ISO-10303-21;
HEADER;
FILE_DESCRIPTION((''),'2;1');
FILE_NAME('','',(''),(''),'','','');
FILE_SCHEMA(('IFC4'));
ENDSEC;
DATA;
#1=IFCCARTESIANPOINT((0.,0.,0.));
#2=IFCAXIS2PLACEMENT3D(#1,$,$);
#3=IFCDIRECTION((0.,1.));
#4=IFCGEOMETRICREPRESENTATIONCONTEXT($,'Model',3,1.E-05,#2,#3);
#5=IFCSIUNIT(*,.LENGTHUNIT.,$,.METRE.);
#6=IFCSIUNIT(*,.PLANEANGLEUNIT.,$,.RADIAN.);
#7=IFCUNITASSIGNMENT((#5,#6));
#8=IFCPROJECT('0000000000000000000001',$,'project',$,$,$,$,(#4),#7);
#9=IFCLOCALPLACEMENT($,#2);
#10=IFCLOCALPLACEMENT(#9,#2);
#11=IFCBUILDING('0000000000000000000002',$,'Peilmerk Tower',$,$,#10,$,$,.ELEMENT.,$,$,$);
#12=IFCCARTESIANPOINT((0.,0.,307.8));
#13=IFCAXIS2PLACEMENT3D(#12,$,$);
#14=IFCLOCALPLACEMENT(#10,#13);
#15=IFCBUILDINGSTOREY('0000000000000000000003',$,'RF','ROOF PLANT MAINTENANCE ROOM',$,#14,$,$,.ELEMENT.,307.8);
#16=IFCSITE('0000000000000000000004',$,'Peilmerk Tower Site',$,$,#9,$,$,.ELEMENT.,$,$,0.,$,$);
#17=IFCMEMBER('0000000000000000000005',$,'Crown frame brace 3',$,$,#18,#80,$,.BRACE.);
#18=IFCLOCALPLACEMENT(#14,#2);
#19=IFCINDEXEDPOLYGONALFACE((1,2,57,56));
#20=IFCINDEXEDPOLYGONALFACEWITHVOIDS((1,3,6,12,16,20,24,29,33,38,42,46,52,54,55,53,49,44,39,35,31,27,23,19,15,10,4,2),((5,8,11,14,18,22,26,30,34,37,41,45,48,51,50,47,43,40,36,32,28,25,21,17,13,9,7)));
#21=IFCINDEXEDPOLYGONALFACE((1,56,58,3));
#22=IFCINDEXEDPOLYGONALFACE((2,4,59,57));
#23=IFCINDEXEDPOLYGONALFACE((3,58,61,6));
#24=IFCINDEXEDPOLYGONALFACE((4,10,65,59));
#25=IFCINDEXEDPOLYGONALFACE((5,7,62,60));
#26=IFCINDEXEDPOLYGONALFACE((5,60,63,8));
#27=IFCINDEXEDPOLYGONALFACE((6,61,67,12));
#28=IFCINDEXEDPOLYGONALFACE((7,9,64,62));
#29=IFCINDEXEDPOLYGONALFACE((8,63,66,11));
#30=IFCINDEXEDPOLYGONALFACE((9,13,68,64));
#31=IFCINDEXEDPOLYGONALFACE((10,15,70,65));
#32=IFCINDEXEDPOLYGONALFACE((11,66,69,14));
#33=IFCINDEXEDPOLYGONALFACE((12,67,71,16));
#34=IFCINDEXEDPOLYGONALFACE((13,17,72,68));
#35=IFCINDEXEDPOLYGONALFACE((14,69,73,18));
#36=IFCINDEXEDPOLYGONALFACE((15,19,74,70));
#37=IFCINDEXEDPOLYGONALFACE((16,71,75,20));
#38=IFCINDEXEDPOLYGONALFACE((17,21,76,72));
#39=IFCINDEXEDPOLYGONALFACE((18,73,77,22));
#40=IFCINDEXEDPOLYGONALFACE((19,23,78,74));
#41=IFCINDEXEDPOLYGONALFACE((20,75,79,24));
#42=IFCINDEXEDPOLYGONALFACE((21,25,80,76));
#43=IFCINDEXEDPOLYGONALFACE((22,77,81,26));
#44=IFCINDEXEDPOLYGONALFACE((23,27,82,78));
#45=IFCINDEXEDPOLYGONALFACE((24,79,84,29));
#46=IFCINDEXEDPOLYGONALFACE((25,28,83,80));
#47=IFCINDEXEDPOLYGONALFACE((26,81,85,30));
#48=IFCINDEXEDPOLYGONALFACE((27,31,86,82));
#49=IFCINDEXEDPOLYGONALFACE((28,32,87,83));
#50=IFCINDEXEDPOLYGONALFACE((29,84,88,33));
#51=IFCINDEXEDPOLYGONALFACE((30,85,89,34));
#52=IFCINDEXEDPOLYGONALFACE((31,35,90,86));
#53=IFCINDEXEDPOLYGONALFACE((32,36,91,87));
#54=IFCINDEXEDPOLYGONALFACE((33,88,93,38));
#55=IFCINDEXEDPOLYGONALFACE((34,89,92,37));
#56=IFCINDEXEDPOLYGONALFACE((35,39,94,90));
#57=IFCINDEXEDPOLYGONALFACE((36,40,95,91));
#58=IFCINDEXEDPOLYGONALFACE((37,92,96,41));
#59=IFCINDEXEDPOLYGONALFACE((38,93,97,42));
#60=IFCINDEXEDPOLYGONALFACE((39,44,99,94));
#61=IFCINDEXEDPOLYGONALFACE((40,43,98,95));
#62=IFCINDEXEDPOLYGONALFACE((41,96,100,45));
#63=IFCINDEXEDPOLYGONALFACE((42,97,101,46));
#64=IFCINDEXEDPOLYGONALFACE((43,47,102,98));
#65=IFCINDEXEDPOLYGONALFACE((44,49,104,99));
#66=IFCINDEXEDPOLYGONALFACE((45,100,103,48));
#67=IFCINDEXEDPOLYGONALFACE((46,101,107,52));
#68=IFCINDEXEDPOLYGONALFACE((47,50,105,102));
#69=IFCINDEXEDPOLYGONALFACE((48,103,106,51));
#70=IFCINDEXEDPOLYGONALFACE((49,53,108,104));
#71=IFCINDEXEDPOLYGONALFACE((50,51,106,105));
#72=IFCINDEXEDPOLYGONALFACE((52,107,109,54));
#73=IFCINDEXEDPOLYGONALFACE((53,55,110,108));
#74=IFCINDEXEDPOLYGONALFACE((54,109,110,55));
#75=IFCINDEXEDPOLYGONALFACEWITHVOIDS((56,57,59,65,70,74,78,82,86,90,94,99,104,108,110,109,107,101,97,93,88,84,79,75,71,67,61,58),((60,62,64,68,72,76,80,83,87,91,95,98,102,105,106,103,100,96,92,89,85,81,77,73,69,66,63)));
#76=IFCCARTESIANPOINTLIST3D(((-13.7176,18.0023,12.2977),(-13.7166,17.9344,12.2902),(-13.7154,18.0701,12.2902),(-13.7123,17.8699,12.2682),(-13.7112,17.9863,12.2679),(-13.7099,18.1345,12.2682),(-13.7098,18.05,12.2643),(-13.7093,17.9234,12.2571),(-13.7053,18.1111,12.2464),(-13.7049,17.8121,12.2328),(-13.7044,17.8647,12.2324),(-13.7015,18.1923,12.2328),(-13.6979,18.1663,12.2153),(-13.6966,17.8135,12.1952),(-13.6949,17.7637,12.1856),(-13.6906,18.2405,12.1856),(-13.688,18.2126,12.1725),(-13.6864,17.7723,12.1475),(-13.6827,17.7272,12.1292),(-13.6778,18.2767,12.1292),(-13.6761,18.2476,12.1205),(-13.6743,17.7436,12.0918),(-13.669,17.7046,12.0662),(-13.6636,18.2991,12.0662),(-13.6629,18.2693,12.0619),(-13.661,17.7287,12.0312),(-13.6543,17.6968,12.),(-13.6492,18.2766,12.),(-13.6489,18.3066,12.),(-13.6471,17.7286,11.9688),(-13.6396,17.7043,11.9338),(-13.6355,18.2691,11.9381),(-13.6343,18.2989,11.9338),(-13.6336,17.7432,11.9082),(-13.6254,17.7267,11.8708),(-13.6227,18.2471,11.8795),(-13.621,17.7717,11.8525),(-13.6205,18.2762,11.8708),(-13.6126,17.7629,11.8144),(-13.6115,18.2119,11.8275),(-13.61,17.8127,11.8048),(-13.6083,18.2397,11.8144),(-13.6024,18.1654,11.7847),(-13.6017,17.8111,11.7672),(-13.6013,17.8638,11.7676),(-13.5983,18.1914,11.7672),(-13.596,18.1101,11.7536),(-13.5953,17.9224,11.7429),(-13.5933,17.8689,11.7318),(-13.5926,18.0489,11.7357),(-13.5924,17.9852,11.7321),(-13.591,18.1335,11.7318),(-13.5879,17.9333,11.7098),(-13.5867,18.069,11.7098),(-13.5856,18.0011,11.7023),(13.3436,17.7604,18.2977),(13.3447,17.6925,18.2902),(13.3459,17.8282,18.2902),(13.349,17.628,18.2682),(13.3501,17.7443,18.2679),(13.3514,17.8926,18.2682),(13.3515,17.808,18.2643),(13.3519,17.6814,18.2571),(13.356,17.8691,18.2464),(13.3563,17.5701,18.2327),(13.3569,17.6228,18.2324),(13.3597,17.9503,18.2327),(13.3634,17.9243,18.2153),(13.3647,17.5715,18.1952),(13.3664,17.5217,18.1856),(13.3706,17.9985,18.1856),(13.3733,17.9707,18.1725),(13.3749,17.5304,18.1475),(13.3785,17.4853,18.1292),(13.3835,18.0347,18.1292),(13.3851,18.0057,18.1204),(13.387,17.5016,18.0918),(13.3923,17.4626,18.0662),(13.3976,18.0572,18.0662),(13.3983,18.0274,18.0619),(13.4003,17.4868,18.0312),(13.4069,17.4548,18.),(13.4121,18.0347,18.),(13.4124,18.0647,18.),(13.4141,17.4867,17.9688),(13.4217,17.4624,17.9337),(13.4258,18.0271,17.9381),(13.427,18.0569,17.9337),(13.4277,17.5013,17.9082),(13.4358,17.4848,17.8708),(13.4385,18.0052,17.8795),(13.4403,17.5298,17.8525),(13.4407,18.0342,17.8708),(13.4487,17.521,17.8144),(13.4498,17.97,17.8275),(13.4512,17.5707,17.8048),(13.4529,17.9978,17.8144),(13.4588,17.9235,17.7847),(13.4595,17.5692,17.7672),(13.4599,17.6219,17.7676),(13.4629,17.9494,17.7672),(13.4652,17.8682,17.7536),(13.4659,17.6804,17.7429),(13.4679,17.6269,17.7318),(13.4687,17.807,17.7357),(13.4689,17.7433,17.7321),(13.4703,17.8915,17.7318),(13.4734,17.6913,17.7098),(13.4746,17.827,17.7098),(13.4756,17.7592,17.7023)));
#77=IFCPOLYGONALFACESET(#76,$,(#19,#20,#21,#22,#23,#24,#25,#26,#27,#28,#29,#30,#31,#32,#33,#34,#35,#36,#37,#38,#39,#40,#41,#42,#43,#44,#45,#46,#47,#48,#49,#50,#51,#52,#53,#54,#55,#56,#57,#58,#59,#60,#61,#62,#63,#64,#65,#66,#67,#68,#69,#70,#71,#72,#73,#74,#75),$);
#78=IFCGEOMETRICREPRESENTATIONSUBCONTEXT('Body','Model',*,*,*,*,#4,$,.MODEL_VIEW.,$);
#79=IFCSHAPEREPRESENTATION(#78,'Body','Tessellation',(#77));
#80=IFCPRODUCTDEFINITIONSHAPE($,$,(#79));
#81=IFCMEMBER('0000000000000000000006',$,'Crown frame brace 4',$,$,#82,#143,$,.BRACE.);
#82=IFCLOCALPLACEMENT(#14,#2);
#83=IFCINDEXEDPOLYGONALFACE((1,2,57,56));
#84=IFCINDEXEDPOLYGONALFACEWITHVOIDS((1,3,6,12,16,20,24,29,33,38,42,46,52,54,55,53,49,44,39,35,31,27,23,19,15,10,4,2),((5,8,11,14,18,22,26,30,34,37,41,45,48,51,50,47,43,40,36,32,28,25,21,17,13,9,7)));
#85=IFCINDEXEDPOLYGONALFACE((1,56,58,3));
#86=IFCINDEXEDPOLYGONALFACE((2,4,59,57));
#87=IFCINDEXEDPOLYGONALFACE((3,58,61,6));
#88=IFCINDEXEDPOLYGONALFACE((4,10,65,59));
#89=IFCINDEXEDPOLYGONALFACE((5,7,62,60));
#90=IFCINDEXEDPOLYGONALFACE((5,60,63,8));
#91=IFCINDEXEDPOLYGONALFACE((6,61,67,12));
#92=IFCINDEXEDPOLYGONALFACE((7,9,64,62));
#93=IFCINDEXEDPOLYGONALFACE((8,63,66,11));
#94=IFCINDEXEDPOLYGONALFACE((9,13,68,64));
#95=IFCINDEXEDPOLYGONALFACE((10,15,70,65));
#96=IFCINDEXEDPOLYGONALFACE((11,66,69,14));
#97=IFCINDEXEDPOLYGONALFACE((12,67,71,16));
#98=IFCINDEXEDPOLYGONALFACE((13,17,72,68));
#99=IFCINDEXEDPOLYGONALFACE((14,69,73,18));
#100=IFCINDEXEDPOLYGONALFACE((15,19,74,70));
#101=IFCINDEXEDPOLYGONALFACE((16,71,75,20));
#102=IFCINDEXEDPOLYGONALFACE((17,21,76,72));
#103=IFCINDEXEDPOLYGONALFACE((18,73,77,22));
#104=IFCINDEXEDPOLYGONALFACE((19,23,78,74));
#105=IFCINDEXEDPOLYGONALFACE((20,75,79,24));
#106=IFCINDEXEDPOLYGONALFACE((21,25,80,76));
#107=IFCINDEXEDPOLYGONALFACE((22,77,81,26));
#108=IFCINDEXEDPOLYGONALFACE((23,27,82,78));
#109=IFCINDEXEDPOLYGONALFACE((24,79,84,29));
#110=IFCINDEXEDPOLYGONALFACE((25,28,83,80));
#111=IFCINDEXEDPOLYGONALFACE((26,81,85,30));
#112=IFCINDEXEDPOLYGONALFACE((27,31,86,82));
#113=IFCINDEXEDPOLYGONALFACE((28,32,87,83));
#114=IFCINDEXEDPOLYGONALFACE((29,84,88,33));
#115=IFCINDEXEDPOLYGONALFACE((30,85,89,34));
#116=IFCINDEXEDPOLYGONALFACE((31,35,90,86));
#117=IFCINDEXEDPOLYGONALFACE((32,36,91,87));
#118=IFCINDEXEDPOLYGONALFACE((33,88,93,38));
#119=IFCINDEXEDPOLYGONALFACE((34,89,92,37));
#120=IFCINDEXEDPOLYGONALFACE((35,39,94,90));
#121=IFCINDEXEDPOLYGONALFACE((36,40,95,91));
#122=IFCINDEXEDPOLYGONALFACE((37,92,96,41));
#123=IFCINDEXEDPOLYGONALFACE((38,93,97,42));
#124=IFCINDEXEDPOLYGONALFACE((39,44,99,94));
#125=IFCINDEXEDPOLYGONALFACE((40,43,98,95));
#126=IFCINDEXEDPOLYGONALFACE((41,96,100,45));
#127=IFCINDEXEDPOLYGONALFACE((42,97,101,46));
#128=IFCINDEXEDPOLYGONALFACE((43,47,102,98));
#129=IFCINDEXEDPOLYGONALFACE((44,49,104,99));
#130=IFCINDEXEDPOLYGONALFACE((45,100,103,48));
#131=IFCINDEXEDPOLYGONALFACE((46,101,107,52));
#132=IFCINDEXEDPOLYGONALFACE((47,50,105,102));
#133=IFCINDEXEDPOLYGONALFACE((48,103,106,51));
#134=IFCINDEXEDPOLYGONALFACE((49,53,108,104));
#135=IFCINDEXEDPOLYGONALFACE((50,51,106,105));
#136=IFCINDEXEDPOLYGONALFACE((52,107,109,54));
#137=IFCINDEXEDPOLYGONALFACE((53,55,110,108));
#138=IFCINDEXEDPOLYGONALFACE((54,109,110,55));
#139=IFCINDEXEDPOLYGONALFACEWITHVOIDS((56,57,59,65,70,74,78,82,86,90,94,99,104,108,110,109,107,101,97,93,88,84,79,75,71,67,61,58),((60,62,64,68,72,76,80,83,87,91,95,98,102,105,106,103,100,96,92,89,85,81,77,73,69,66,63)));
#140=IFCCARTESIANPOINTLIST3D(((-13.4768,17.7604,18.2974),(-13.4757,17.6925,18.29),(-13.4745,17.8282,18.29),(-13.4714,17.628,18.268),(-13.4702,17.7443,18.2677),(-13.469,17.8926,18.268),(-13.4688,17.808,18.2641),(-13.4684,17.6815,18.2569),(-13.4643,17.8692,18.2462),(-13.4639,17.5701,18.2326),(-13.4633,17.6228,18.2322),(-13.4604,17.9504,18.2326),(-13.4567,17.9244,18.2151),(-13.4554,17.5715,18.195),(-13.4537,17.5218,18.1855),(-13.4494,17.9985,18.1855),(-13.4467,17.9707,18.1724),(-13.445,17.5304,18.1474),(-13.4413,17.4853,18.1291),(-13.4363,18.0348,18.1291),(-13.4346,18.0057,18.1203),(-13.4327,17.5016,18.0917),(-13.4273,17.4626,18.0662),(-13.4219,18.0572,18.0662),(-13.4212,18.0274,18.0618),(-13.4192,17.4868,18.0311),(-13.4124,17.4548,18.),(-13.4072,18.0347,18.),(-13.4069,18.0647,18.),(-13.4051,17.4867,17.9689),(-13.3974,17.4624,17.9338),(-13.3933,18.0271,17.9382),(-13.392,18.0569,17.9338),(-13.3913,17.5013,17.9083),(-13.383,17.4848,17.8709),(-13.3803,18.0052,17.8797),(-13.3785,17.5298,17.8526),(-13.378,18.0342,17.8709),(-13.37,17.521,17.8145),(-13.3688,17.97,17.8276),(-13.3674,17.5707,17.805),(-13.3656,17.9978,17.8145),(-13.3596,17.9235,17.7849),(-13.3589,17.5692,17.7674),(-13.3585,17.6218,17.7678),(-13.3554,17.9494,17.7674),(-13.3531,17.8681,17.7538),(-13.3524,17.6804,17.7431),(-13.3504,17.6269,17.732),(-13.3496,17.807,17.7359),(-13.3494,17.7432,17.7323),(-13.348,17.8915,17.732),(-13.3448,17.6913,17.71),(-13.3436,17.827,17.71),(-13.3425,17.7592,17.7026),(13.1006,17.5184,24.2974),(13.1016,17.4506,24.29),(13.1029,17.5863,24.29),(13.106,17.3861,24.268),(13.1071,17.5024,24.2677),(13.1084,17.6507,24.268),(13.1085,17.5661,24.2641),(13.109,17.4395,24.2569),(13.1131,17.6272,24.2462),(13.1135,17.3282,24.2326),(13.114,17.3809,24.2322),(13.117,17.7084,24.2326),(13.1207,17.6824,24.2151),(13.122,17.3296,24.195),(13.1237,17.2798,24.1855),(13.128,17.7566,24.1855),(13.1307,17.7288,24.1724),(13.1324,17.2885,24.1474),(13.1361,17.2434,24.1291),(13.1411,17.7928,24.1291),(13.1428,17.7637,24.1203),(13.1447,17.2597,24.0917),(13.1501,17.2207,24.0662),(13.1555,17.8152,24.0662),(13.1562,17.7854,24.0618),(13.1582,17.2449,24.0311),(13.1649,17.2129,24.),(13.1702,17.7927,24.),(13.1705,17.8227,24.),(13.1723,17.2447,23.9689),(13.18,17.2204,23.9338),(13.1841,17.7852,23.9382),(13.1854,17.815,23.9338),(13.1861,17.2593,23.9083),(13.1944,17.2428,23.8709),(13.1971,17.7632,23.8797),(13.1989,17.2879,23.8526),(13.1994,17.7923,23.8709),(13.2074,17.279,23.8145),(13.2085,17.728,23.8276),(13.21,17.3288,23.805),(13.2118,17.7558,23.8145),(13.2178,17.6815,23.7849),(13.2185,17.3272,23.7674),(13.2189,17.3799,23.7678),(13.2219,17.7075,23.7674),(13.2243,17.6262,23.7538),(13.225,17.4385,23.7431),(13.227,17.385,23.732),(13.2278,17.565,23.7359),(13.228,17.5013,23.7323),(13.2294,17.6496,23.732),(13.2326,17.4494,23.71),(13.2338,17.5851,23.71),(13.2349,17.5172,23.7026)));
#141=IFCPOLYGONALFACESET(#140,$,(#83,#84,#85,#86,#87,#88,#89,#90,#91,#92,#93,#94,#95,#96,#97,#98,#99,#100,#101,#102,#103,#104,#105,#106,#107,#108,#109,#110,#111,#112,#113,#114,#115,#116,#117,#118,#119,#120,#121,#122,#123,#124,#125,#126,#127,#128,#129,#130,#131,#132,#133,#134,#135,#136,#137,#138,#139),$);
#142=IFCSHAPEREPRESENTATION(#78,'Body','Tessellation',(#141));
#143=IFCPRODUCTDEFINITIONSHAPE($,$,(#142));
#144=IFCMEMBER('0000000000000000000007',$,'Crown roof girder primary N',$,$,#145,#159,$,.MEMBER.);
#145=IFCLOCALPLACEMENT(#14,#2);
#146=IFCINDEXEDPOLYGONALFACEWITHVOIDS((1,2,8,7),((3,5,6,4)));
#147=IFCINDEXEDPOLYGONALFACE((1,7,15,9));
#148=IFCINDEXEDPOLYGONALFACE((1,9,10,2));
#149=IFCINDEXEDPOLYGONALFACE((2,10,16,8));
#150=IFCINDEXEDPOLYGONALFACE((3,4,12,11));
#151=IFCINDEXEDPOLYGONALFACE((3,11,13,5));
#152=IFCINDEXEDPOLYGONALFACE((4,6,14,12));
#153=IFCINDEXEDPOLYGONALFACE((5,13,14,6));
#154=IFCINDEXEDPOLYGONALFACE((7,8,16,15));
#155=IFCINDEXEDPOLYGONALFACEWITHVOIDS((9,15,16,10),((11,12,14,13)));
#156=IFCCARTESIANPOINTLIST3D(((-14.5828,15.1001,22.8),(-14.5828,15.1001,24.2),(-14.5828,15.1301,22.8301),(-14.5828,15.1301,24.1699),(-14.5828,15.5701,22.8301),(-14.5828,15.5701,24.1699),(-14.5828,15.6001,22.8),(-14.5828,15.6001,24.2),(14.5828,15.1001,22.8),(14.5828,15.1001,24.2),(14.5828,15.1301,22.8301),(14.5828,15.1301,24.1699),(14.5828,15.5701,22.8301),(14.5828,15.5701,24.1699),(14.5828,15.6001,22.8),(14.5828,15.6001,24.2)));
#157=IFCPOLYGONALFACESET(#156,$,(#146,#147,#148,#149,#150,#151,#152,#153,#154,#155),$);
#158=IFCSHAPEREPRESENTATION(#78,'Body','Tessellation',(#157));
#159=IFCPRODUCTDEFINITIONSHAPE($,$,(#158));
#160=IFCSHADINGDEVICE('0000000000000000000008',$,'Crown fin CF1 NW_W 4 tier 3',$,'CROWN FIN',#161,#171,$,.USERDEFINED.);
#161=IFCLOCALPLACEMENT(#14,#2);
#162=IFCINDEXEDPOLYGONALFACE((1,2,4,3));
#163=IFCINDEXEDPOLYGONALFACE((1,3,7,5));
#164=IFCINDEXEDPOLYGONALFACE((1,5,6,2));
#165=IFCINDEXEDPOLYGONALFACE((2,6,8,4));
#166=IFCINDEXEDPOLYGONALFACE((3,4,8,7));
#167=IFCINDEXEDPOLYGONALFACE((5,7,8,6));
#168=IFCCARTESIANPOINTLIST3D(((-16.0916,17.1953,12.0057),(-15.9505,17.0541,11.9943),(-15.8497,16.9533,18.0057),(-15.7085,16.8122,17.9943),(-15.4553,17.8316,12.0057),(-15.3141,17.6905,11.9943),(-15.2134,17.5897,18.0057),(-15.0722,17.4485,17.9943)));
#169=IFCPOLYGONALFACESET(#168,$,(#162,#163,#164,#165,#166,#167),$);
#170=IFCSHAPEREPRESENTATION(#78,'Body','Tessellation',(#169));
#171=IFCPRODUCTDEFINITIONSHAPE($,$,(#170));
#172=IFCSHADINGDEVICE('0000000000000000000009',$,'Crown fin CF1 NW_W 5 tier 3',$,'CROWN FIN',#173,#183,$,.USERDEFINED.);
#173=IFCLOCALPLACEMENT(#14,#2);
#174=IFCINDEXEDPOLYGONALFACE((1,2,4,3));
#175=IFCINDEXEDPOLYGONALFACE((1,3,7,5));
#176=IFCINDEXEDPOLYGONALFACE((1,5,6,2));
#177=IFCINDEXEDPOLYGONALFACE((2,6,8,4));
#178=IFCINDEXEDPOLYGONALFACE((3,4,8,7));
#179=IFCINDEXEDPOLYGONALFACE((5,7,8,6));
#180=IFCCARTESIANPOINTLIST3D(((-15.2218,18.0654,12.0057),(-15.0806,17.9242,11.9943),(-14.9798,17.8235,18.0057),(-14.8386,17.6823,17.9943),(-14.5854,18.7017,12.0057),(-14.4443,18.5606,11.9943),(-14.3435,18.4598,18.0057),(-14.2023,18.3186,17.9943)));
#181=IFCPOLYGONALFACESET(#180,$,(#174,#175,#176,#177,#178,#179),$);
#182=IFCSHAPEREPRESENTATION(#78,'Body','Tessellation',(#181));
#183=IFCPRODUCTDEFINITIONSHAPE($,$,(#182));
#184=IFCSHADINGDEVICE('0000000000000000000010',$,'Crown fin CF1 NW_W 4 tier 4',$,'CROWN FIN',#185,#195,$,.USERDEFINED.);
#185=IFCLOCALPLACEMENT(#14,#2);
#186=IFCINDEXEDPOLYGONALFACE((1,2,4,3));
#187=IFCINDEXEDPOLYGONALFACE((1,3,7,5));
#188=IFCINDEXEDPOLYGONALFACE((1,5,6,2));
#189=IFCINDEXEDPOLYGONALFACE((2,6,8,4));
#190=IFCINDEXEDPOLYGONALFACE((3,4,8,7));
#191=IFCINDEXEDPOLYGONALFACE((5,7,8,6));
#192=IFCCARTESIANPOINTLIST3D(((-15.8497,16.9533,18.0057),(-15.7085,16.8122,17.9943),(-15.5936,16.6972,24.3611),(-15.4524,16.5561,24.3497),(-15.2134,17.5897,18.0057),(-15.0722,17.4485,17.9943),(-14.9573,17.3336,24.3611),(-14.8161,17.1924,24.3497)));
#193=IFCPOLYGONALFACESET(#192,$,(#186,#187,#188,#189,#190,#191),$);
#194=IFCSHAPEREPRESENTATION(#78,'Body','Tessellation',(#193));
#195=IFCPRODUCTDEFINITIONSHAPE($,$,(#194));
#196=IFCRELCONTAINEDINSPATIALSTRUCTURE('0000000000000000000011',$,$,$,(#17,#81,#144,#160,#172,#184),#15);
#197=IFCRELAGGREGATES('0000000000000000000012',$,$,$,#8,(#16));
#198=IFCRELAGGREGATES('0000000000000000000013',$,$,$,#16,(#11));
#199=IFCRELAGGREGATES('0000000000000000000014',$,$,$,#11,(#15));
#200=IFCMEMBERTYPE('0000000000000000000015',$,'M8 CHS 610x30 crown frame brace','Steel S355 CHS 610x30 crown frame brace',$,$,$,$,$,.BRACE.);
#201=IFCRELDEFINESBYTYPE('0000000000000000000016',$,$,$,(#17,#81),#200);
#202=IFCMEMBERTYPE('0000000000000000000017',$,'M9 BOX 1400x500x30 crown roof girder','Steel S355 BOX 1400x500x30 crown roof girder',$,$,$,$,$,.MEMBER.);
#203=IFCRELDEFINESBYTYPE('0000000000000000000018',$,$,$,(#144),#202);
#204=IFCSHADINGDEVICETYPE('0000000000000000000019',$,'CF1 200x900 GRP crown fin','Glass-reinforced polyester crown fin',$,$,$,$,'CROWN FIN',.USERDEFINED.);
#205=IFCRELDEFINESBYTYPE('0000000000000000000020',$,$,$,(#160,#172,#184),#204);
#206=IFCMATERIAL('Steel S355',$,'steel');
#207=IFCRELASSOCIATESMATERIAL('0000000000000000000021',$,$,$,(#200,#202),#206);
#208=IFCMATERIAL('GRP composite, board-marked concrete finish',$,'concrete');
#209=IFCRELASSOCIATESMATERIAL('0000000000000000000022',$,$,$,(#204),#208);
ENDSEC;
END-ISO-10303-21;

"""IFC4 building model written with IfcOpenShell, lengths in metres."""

from ifc_helpers import new_model, si_unit, direction, frame, origin, origin_2d, place, context, subcontext, project, spatial, rectangle, hollow_rectangle, hollow_circle, extrude, source, transform, mapped, material, material_profile, profile_set, type_object, element, save


model = new_model("IFC4")

# Units and contexts
model_context = context("Model", 3, precision=1e-05, world=origin(), true_north=direction((0.0, 1.0)))
body_context = subcontext(model_context, "Body", "Model", "MODEL_VIEW")
ifc_project = project(units=[si_unit("LENGTHUNIT", "METRE"), si_unit("PLANEANGLEUNIT", "RADIAN")], contexts=[model_context])

# Site, building, storey
site_placement = place(None, origin())
site = spatial("IfcSite", under=ifc_project, at=site_placement, Name="Peilmerk Tower Site", CompositionType="ELEMENT", RefElevation=0.0)
building_placement = place(site_placement, origin())
building = spatial("IfcBuilding", under=site, at=building_placement, Name="Peilmerk Tower", CompositionType="ELEMENT")
storey_placement = place(building_placement, frame((0.0, 0.0, 307.8)))
storey = spatial("IfcBuildingStorey", under=building, at=storey_placement, Name="RF", Description="ROOF PLANT MAINTENANCE ROOM", CompositionType="ELEMENT", Elevation=307.8)

# Shared definitions
ifc_material_1 = material(Name="Steel S355", Category="steel")

# Members
ifc_material_profile_1 = material_profile(ifc_material_1, hollow_circle(Radius=0.3049, WallThickness=0.03, at=origin_2d()), Name="CHS 610x30")
ifc_profile_set_1 = profile_set([ifc_material_profile_1], Name="Steel S355")
member_type_1 = type_object("IfcMemberType", Name="M8 CHS 610x30 crown frame brace", Description="Steel S355 CHS 610x30 crown frame brace", PredefinedType="BRACE", material=ifc_profile_set_1)
member_1_placement = place(storey_placement, frame((-13.6516, 18.0017, 12.0), z_axis=(0.976254, -0.008728, 0.216454), x_axis=(0.00894, 0.99996, 0.0)))
element("IfcMember", 1, at=member_1_placement, inside=storey, type_object=member_type_1, Name="Crown frame brace 3", PredefinedType="BRACE", context=body_context, shape_type="SweptSolid", body=[
    extrude(hollow_circle(Radius=0.3049, WallThickness=0.03, at=origin_2d()), origin(), (0.0, 0.0, 1.0), 27.7195),
])
member_2_placement = place(storey_placement, frame((-13.4097, 17.7598, 18.0), z_axis=(0.975413, -0.00888, 0.220205), x_axis=(0.009103, 0.999959, 0.0)))
element("IfcMember", 2, at=member_2_placement, inside=storey, type_object=member_type_1, Name="Crown frame brace 4", PredefinedType="BRACE", context=body_context, shape_type="SweptSolid", body=[
    extrude(hollow_circle(Radius=0.3049, WallThickness=0.03, at=origin_2d()), origin(), (0.0, 0.0, 1.0), 27.2473),
])
ifc_material_profile_2 = material_profile(ifc_material_1, hollow_rectangle(XDim=0.5, YDim=1.3999, WallThickness=0.03, at=origin_2d()), Name="BOX 1400x500x30")
ifc_profile_set_2 = profile_set([ifc_material_profile_2], Name="Steel S355")
member_type_2 = type_object("IfcMemberType", Name="M9 BOX 1400x500x30 crown roof girder", Description="Steel S355 BOX 1400x500x30 crown roof girder", PredefinedType="MEMBER", material=ifc_profile_set_2)
member_3_placement = place(storey_placement, frame((-14.5828, 15.3501, 23.5), z_axis=(1.0, 0.0, 0.0), x_axis=(0.0, 1.0, 0.0)))
element("IfcMember", 3, at=member_3_placement, inside=storey, type_object=member_type_2, Name="Crown roof girder primary N", PredefinedType="MEMBER", context=body_context, shape_type="SweptSolid", body=[
    extrude(hollow_rectangle(XDim=0.5, YDim=1.3999, WallThickness=0.03, at=origin_2d()), origin(), (0.0, 0.0, 1.0), 29.1655),
])

# Shading devices
ifc_material_2 = material(Name="GRP composite, board-marked concrete finish", Category="concrete")
ifc_material_profile_3 = material_profile(ifc_material_2, rectangle(XDim=0.2, YDim=0.8999, at=origin_2d()), Name="CF1 200x900")
ifc_profile_set_3 = profile_set([ifc_material_profile_3], Name="GRP composite, board-marked concrete finish")
shading_device_type = type_object("IfcShadingDeviceType", Name="CF1 200x900 GRP crown fin", Description="Glass-reinforced polyester crown fin", ElementType="CROWN FIN", PredefinedType="USERDEFINED", material=ifc_profile_set_3)
shared_shape_1 = source(origin(), body_context, "Body", "SweptSolid", [
    extrude(rectangle(XDim=0.2, YDim=0.8999, at=origin_2d()), origin(), (0.0, 0.0, 1.0), 6.0098),
])
for number, where, z_axis, x_axis, name in (
    (4, (-15.7029, 17.4429, 12.0), (0.040258, -0.040258, 0.998378), (-0.70596, 0.70596, 0.056934), "Crown fin CF1 NW_W 4 tier 3"),
    (5, (-14.833, 18.313, 12.0), (0.040258, -0.040258, 0.998378), (-0.70596, 0.70596, 0.056934), "Crown fin CF1 NW_W 5 tier 3"),
):
    element("IfcShadingDevice", number, at=place(storey_placement, frame(where, z_axis=z_axis, x_axis=x_axis)), inside=storey, type_object=shading_device_type, Name=name, ObjectType="CROWN FIN", PredefinedType="USERDEFINED", context=body_context, shape_type="MappedRepresentation", body=[
        mapped(shared_shape_1, transform((0.0, 0.0, 0.0), scale=1.0)),
    ])
shared_shape_2 = source(origin(), body_context, "Body", "SweptSolid", [
    extrude(rectangle(XDim=0.2, YDim=0.8999, at=origin_2d()), origin(), (0.0, 0.0, 1.0), 6.3657),
])
for number, where, z_axis, x_axis, name in (
    (6, (-15.4609, 17.2009, 18.0), (0.040231, -0.040231, 0.99838), (-0.705961, 0.705961, 0.056896), "Crown fin CF1 NW_W 4 tier 4"),
):
    element("IfcShadingDevice", number, at=place(storey_placement, frame(where, z_axis=z_axis, x_axis=x_axis)), inside=storey, type_object=shading_device_type, Name=name, ObjectType="CROWN FIN", PredefinedType="USERDEFINED", context=body_context, shape_type="MappedRepresentation", body=[
        mapped(shared_shape_2, transform((0.0, 0.0, 0.0), scale=1.0)),
    ])

save(model, "model.ifc")
